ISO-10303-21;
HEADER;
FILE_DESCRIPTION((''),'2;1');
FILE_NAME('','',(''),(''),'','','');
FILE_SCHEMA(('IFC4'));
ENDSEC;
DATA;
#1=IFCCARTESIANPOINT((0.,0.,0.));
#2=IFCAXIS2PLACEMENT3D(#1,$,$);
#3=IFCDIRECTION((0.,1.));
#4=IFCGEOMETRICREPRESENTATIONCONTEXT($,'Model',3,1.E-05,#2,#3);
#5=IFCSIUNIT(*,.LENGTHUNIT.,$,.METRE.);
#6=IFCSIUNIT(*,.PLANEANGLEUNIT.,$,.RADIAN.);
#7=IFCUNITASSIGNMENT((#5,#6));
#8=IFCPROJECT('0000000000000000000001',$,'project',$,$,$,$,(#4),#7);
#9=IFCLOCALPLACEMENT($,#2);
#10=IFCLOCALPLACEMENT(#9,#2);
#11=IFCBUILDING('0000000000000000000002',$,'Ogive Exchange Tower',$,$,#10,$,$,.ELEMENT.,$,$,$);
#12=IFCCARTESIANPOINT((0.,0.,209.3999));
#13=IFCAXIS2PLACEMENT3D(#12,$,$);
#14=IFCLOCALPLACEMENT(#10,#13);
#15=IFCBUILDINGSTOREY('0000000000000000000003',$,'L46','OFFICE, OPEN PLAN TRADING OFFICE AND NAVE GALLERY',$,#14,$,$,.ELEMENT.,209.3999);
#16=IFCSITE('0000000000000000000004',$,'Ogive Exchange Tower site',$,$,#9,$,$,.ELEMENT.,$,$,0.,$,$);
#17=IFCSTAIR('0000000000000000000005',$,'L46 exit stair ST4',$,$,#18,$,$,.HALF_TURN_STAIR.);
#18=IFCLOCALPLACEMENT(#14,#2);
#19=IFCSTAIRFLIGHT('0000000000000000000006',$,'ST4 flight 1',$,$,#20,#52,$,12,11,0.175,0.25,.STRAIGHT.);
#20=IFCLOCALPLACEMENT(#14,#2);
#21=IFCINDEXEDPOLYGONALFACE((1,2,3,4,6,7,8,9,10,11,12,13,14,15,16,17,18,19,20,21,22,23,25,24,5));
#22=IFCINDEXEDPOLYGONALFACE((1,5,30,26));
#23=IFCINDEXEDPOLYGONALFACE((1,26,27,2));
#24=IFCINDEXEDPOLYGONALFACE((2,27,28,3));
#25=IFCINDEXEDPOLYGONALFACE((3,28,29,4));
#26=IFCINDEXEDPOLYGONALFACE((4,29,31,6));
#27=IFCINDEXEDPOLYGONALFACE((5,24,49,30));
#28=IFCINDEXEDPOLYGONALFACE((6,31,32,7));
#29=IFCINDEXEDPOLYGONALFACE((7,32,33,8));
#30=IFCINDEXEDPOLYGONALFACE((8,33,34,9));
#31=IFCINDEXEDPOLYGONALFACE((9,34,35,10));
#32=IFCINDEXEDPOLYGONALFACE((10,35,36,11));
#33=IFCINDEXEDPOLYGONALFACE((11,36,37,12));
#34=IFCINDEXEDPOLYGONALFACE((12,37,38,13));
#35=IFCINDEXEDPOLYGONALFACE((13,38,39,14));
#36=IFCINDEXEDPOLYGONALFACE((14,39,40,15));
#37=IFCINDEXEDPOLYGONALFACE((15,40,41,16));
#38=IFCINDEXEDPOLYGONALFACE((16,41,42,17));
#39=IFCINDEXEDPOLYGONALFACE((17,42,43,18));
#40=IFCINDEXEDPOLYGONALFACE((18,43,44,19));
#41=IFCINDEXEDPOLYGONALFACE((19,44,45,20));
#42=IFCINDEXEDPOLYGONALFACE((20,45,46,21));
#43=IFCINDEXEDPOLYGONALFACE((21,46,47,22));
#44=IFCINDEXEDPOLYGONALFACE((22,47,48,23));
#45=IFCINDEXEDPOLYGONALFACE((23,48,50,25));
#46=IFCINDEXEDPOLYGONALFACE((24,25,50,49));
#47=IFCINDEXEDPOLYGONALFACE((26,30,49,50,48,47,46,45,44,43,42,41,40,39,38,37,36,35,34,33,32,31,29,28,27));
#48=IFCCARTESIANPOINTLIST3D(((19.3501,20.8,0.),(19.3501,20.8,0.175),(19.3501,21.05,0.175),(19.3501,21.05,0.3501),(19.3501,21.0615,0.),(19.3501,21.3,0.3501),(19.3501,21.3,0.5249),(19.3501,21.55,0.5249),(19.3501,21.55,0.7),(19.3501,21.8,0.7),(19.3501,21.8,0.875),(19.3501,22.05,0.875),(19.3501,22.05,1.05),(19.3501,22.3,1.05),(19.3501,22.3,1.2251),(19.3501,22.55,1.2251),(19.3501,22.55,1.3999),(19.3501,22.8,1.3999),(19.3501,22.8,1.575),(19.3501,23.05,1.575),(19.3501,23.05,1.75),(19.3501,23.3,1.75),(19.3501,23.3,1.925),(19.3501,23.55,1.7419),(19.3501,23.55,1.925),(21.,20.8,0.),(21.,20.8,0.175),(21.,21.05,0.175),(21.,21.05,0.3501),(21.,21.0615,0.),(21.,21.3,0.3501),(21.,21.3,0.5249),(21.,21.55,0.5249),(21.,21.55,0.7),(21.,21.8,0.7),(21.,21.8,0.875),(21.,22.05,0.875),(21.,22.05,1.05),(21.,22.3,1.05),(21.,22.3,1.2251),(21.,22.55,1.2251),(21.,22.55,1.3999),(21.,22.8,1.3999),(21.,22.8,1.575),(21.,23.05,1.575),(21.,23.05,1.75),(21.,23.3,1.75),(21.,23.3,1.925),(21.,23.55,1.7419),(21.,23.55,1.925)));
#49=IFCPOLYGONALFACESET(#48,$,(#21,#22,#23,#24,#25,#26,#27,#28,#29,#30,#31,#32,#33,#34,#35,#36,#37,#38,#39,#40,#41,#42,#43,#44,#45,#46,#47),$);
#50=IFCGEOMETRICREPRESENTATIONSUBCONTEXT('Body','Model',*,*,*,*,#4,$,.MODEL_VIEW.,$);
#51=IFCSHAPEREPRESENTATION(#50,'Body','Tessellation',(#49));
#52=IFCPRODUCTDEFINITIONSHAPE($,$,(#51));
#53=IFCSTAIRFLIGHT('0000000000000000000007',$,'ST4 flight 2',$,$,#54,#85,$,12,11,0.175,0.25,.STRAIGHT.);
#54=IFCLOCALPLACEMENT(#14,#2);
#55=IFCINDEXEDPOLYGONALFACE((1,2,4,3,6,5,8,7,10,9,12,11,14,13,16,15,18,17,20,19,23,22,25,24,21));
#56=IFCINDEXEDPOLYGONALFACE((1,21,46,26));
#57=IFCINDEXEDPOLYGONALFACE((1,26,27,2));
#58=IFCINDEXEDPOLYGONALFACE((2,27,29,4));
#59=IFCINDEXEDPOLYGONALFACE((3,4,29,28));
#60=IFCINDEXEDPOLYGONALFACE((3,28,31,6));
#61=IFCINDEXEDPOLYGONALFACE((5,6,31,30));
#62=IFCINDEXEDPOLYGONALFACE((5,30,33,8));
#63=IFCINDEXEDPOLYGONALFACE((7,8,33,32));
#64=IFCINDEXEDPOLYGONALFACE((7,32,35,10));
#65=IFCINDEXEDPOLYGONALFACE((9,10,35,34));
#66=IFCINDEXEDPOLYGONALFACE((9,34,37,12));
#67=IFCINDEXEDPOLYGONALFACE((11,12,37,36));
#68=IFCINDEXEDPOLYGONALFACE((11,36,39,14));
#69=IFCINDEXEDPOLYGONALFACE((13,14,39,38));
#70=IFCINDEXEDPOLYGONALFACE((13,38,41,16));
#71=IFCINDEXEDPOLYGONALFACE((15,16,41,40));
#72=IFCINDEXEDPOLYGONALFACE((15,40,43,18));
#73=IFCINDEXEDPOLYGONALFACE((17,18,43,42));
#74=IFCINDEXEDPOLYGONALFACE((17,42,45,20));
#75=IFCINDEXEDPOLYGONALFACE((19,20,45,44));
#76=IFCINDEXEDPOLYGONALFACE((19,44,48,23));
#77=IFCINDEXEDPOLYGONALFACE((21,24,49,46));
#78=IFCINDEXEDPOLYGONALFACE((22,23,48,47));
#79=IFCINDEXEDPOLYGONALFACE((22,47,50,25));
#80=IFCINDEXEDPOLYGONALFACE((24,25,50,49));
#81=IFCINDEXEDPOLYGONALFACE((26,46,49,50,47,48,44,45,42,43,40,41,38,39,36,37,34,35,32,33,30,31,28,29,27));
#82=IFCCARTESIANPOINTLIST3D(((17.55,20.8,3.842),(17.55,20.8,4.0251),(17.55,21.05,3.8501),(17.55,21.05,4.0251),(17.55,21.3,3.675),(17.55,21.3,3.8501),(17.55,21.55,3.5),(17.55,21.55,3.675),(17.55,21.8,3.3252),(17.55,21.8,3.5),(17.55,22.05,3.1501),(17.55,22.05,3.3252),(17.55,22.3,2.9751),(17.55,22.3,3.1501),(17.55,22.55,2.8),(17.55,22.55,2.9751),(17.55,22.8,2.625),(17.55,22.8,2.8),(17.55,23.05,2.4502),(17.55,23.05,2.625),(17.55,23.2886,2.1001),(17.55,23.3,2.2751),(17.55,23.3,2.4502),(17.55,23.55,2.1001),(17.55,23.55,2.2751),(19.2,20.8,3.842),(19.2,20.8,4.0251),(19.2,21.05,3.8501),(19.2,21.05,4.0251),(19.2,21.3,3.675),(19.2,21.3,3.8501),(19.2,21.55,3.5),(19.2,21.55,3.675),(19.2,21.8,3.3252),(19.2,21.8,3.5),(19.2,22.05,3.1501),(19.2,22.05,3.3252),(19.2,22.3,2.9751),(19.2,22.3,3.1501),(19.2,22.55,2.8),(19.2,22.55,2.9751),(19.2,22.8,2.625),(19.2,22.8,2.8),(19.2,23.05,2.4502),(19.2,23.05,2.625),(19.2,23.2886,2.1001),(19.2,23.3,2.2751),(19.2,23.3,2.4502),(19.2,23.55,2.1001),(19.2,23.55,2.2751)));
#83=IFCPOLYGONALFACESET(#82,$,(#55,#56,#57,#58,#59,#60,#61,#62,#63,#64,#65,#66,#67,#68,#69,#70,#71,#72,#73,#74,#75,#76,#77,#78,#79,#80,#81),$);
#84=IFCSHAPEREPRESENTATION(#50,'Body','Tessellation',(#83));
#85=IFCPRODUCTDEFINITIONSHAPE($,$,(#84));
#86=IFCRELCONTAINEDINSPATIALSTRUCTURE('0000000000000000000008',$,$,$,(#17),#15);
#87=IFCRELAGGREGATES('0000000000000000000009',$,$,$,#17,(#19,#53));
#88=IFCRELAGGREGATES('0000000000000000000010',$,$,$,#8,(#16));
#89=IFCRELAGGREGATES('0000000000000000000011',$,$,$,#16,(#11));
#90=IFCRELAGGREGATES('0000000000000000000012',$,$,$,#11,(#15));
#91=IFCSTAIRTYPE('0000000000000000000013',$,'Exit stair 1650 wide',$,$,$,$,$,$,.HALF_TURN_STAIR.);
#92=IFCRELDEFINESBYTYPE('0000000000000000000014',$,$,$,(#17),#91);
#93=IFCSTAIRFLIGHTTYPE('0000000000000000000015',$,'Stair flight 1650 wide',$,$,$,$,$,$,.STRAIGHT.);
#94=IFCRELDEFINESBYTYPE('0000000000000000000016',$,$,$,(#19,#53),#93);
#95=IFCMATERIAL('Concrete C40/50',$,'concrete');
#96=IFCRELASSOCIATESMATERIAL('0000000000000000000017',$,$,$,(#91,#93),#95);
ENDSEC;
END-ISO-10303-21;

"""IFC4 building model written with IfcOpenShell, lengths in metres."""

from ifc_helpers import new_model, si_unit, direction, frame, origin, place, context, subcontext, project, spatial, polyline, outline, extrude, material, type_object, element, aggregate, save


model = new_model("IFC4")

# Units and contexts
model_context = context("Model", 3, precision=1e-05, world=origin(), true_north=direction((0.0, 1.0)))
body_context = subcontext(model_context, "Body", "Model", "MODEL_VIEW")
ifc_project = project(units=[si_unit("LENGTHUNIT", "METRE"), si_unit("PLANEANGLEUNIT", "RADIAN")], contexts=[model_context])

# Site, building, storey
site_placement = place(None, origin())
site = spatial("IfcSite", under=ifc_project, at=site_placement, Name="Ogive Exchange Tower site", CompositionType="ELEMENT", RefElevation=0.0)
building_placement = place(site_placement, origin())
building = spatial("IfcBuilding", under=site, at=building_placement, Name="Ogive Exchange Tower", CompositionType="ELEMENT")
storey_placement = place(building_placement, frame((0.0, 0.0, 209.3999)))
storey = spatial("IfcBuildingStorey", under=building, at=storey_placement, Name="L46", Description="OFFICE, OPEN PLAN TRADING OFFICE AND NAVE GALLERY", CompositionType="ELEMENT", Elevation=209.3999)

# Stair, stair flights
ifc_material_1 = material(Name="Concrete C40/50", Category="concrete")
stair_type = type_object("IfcStairType", Name="Exit stair 1650 wide", PredefinedType="HALF_TURN_STAIR", material=ifc_material_1)
stair_placement = place(storey_placement, origin())
stair = element("IfcStair", 1, at=stair_placement, inside=storey, type_object=stair_type, Name="L46 exit stair ST4", PredefinedType="HALF_TURN_STAIR")
stair_flight_type = type_object("IfcStairFlightType", Name="Stair flight 1650 wide", PredefinedType="STRAIGHT", material=ifc_material_1)
stair_flight_1_placement = place(storey_placement, frame((20.175, 20.8, 0.0), z_axis=(0.0, 0.0, 1.0), x_axis=(0.0, 1.0, 0.0)))
stair_flight_1 = element("IfcStairFlight", 2, at=stair_flight_1_placement, type_object=stair_flight_type, Name="ST4 flight 1", NumberOfRisers=12, NumberOfTreads=11, PredefinedType="STRAIGHT", RiserHeight=0.175, TreadLength=0.25, context=body_context, shape_type="SweptSolid", body=[
    extrude(outline(polyline([(0.0, 0.0), (0.0, 0.175), (0.25, 0.175), (0.25, 0.3501), (0.5, 0.3501), (0.5, 0.5249), (0.75, 0.5249), (0.75, 0.7), (1.0, 0.7), (1.0, 0.875), (1.25, 0.875), (1.25, 1.05), (1.5, 1.05), (1.5, 1.2251), (1.75, 1.2251), (1.75, 1.3999), (2.0, 1.3999), (2.0, 1.575), (2.25, 1.575), (2.25, 1.75), (2.5, 1.75), (2.5, 1.925), (2.75, 1.925), (2.75, 2.1001), (2.75, 1.7419), (0.2615, 0.0), (0.0, 0.0)])), frame((0.0, 0.825, 0.0), z_axis=(0.0, -1.0, 0.0), x_axis=(1.0, 0.0, 0.0)), (0.0, 0.0, 1.0), 1.6499),
])
stair_flight_2_placement = place(storey_placement, frame((18.375, 23.55, 2.1001), z_axis=(0.0, 0.0, 1.0), x_axis=(0.0, -1.0, 0.0)))
stair_flight_2 = element("IfcStairFlight", 3, at=stair_flight_2_placement, type_object=stair_flight_type, Name="ST4 flight 2", NumberOfRisers=12, NumberOfTreads=11, PredefinedType="STRAIGHT", RiserHeight=0.175, TreadLength=0.25, context=body_context, shape_type="SweptSolid", body=[
    extrude(outline(polyline([(0.0, 0.0), (0.0, 0.175), (0.25, 0.175), (0.25, 0.3501), (0.5, 0.3501), (0.5, 0.5249), (0.75, 0.5249), (0.75, 0.7), (1.0, 0.7), (1.0, 0.875), (1.25, 0.875), (1.25, 1.05), (1.5, 1.05), (1.5, 1.2251), (1.75, 1.2251), (1.75, 1.3999), (2.0, 1.3999), (2.0, 1.575), (2.25, 1.575), (2.25, 1.75), (2.5, 1.75), (2.5, 1.925), (2.75, 1.925), (2.75, 2.1001), (2.75, 1.7419), (0.2615, 0.0), (0.0, 0.0)])), frame((0.0, 0.825, 0.0), z_axis=(0.0, -1.0, 0.0), x_axis=(1.0, 0.0, 0.0)), (0.0, 0.0, 1.0), 1.6499),
])
aggregate(stair, [stair_flight_1, stair_flight_2])

save(model, "model.ifc")
